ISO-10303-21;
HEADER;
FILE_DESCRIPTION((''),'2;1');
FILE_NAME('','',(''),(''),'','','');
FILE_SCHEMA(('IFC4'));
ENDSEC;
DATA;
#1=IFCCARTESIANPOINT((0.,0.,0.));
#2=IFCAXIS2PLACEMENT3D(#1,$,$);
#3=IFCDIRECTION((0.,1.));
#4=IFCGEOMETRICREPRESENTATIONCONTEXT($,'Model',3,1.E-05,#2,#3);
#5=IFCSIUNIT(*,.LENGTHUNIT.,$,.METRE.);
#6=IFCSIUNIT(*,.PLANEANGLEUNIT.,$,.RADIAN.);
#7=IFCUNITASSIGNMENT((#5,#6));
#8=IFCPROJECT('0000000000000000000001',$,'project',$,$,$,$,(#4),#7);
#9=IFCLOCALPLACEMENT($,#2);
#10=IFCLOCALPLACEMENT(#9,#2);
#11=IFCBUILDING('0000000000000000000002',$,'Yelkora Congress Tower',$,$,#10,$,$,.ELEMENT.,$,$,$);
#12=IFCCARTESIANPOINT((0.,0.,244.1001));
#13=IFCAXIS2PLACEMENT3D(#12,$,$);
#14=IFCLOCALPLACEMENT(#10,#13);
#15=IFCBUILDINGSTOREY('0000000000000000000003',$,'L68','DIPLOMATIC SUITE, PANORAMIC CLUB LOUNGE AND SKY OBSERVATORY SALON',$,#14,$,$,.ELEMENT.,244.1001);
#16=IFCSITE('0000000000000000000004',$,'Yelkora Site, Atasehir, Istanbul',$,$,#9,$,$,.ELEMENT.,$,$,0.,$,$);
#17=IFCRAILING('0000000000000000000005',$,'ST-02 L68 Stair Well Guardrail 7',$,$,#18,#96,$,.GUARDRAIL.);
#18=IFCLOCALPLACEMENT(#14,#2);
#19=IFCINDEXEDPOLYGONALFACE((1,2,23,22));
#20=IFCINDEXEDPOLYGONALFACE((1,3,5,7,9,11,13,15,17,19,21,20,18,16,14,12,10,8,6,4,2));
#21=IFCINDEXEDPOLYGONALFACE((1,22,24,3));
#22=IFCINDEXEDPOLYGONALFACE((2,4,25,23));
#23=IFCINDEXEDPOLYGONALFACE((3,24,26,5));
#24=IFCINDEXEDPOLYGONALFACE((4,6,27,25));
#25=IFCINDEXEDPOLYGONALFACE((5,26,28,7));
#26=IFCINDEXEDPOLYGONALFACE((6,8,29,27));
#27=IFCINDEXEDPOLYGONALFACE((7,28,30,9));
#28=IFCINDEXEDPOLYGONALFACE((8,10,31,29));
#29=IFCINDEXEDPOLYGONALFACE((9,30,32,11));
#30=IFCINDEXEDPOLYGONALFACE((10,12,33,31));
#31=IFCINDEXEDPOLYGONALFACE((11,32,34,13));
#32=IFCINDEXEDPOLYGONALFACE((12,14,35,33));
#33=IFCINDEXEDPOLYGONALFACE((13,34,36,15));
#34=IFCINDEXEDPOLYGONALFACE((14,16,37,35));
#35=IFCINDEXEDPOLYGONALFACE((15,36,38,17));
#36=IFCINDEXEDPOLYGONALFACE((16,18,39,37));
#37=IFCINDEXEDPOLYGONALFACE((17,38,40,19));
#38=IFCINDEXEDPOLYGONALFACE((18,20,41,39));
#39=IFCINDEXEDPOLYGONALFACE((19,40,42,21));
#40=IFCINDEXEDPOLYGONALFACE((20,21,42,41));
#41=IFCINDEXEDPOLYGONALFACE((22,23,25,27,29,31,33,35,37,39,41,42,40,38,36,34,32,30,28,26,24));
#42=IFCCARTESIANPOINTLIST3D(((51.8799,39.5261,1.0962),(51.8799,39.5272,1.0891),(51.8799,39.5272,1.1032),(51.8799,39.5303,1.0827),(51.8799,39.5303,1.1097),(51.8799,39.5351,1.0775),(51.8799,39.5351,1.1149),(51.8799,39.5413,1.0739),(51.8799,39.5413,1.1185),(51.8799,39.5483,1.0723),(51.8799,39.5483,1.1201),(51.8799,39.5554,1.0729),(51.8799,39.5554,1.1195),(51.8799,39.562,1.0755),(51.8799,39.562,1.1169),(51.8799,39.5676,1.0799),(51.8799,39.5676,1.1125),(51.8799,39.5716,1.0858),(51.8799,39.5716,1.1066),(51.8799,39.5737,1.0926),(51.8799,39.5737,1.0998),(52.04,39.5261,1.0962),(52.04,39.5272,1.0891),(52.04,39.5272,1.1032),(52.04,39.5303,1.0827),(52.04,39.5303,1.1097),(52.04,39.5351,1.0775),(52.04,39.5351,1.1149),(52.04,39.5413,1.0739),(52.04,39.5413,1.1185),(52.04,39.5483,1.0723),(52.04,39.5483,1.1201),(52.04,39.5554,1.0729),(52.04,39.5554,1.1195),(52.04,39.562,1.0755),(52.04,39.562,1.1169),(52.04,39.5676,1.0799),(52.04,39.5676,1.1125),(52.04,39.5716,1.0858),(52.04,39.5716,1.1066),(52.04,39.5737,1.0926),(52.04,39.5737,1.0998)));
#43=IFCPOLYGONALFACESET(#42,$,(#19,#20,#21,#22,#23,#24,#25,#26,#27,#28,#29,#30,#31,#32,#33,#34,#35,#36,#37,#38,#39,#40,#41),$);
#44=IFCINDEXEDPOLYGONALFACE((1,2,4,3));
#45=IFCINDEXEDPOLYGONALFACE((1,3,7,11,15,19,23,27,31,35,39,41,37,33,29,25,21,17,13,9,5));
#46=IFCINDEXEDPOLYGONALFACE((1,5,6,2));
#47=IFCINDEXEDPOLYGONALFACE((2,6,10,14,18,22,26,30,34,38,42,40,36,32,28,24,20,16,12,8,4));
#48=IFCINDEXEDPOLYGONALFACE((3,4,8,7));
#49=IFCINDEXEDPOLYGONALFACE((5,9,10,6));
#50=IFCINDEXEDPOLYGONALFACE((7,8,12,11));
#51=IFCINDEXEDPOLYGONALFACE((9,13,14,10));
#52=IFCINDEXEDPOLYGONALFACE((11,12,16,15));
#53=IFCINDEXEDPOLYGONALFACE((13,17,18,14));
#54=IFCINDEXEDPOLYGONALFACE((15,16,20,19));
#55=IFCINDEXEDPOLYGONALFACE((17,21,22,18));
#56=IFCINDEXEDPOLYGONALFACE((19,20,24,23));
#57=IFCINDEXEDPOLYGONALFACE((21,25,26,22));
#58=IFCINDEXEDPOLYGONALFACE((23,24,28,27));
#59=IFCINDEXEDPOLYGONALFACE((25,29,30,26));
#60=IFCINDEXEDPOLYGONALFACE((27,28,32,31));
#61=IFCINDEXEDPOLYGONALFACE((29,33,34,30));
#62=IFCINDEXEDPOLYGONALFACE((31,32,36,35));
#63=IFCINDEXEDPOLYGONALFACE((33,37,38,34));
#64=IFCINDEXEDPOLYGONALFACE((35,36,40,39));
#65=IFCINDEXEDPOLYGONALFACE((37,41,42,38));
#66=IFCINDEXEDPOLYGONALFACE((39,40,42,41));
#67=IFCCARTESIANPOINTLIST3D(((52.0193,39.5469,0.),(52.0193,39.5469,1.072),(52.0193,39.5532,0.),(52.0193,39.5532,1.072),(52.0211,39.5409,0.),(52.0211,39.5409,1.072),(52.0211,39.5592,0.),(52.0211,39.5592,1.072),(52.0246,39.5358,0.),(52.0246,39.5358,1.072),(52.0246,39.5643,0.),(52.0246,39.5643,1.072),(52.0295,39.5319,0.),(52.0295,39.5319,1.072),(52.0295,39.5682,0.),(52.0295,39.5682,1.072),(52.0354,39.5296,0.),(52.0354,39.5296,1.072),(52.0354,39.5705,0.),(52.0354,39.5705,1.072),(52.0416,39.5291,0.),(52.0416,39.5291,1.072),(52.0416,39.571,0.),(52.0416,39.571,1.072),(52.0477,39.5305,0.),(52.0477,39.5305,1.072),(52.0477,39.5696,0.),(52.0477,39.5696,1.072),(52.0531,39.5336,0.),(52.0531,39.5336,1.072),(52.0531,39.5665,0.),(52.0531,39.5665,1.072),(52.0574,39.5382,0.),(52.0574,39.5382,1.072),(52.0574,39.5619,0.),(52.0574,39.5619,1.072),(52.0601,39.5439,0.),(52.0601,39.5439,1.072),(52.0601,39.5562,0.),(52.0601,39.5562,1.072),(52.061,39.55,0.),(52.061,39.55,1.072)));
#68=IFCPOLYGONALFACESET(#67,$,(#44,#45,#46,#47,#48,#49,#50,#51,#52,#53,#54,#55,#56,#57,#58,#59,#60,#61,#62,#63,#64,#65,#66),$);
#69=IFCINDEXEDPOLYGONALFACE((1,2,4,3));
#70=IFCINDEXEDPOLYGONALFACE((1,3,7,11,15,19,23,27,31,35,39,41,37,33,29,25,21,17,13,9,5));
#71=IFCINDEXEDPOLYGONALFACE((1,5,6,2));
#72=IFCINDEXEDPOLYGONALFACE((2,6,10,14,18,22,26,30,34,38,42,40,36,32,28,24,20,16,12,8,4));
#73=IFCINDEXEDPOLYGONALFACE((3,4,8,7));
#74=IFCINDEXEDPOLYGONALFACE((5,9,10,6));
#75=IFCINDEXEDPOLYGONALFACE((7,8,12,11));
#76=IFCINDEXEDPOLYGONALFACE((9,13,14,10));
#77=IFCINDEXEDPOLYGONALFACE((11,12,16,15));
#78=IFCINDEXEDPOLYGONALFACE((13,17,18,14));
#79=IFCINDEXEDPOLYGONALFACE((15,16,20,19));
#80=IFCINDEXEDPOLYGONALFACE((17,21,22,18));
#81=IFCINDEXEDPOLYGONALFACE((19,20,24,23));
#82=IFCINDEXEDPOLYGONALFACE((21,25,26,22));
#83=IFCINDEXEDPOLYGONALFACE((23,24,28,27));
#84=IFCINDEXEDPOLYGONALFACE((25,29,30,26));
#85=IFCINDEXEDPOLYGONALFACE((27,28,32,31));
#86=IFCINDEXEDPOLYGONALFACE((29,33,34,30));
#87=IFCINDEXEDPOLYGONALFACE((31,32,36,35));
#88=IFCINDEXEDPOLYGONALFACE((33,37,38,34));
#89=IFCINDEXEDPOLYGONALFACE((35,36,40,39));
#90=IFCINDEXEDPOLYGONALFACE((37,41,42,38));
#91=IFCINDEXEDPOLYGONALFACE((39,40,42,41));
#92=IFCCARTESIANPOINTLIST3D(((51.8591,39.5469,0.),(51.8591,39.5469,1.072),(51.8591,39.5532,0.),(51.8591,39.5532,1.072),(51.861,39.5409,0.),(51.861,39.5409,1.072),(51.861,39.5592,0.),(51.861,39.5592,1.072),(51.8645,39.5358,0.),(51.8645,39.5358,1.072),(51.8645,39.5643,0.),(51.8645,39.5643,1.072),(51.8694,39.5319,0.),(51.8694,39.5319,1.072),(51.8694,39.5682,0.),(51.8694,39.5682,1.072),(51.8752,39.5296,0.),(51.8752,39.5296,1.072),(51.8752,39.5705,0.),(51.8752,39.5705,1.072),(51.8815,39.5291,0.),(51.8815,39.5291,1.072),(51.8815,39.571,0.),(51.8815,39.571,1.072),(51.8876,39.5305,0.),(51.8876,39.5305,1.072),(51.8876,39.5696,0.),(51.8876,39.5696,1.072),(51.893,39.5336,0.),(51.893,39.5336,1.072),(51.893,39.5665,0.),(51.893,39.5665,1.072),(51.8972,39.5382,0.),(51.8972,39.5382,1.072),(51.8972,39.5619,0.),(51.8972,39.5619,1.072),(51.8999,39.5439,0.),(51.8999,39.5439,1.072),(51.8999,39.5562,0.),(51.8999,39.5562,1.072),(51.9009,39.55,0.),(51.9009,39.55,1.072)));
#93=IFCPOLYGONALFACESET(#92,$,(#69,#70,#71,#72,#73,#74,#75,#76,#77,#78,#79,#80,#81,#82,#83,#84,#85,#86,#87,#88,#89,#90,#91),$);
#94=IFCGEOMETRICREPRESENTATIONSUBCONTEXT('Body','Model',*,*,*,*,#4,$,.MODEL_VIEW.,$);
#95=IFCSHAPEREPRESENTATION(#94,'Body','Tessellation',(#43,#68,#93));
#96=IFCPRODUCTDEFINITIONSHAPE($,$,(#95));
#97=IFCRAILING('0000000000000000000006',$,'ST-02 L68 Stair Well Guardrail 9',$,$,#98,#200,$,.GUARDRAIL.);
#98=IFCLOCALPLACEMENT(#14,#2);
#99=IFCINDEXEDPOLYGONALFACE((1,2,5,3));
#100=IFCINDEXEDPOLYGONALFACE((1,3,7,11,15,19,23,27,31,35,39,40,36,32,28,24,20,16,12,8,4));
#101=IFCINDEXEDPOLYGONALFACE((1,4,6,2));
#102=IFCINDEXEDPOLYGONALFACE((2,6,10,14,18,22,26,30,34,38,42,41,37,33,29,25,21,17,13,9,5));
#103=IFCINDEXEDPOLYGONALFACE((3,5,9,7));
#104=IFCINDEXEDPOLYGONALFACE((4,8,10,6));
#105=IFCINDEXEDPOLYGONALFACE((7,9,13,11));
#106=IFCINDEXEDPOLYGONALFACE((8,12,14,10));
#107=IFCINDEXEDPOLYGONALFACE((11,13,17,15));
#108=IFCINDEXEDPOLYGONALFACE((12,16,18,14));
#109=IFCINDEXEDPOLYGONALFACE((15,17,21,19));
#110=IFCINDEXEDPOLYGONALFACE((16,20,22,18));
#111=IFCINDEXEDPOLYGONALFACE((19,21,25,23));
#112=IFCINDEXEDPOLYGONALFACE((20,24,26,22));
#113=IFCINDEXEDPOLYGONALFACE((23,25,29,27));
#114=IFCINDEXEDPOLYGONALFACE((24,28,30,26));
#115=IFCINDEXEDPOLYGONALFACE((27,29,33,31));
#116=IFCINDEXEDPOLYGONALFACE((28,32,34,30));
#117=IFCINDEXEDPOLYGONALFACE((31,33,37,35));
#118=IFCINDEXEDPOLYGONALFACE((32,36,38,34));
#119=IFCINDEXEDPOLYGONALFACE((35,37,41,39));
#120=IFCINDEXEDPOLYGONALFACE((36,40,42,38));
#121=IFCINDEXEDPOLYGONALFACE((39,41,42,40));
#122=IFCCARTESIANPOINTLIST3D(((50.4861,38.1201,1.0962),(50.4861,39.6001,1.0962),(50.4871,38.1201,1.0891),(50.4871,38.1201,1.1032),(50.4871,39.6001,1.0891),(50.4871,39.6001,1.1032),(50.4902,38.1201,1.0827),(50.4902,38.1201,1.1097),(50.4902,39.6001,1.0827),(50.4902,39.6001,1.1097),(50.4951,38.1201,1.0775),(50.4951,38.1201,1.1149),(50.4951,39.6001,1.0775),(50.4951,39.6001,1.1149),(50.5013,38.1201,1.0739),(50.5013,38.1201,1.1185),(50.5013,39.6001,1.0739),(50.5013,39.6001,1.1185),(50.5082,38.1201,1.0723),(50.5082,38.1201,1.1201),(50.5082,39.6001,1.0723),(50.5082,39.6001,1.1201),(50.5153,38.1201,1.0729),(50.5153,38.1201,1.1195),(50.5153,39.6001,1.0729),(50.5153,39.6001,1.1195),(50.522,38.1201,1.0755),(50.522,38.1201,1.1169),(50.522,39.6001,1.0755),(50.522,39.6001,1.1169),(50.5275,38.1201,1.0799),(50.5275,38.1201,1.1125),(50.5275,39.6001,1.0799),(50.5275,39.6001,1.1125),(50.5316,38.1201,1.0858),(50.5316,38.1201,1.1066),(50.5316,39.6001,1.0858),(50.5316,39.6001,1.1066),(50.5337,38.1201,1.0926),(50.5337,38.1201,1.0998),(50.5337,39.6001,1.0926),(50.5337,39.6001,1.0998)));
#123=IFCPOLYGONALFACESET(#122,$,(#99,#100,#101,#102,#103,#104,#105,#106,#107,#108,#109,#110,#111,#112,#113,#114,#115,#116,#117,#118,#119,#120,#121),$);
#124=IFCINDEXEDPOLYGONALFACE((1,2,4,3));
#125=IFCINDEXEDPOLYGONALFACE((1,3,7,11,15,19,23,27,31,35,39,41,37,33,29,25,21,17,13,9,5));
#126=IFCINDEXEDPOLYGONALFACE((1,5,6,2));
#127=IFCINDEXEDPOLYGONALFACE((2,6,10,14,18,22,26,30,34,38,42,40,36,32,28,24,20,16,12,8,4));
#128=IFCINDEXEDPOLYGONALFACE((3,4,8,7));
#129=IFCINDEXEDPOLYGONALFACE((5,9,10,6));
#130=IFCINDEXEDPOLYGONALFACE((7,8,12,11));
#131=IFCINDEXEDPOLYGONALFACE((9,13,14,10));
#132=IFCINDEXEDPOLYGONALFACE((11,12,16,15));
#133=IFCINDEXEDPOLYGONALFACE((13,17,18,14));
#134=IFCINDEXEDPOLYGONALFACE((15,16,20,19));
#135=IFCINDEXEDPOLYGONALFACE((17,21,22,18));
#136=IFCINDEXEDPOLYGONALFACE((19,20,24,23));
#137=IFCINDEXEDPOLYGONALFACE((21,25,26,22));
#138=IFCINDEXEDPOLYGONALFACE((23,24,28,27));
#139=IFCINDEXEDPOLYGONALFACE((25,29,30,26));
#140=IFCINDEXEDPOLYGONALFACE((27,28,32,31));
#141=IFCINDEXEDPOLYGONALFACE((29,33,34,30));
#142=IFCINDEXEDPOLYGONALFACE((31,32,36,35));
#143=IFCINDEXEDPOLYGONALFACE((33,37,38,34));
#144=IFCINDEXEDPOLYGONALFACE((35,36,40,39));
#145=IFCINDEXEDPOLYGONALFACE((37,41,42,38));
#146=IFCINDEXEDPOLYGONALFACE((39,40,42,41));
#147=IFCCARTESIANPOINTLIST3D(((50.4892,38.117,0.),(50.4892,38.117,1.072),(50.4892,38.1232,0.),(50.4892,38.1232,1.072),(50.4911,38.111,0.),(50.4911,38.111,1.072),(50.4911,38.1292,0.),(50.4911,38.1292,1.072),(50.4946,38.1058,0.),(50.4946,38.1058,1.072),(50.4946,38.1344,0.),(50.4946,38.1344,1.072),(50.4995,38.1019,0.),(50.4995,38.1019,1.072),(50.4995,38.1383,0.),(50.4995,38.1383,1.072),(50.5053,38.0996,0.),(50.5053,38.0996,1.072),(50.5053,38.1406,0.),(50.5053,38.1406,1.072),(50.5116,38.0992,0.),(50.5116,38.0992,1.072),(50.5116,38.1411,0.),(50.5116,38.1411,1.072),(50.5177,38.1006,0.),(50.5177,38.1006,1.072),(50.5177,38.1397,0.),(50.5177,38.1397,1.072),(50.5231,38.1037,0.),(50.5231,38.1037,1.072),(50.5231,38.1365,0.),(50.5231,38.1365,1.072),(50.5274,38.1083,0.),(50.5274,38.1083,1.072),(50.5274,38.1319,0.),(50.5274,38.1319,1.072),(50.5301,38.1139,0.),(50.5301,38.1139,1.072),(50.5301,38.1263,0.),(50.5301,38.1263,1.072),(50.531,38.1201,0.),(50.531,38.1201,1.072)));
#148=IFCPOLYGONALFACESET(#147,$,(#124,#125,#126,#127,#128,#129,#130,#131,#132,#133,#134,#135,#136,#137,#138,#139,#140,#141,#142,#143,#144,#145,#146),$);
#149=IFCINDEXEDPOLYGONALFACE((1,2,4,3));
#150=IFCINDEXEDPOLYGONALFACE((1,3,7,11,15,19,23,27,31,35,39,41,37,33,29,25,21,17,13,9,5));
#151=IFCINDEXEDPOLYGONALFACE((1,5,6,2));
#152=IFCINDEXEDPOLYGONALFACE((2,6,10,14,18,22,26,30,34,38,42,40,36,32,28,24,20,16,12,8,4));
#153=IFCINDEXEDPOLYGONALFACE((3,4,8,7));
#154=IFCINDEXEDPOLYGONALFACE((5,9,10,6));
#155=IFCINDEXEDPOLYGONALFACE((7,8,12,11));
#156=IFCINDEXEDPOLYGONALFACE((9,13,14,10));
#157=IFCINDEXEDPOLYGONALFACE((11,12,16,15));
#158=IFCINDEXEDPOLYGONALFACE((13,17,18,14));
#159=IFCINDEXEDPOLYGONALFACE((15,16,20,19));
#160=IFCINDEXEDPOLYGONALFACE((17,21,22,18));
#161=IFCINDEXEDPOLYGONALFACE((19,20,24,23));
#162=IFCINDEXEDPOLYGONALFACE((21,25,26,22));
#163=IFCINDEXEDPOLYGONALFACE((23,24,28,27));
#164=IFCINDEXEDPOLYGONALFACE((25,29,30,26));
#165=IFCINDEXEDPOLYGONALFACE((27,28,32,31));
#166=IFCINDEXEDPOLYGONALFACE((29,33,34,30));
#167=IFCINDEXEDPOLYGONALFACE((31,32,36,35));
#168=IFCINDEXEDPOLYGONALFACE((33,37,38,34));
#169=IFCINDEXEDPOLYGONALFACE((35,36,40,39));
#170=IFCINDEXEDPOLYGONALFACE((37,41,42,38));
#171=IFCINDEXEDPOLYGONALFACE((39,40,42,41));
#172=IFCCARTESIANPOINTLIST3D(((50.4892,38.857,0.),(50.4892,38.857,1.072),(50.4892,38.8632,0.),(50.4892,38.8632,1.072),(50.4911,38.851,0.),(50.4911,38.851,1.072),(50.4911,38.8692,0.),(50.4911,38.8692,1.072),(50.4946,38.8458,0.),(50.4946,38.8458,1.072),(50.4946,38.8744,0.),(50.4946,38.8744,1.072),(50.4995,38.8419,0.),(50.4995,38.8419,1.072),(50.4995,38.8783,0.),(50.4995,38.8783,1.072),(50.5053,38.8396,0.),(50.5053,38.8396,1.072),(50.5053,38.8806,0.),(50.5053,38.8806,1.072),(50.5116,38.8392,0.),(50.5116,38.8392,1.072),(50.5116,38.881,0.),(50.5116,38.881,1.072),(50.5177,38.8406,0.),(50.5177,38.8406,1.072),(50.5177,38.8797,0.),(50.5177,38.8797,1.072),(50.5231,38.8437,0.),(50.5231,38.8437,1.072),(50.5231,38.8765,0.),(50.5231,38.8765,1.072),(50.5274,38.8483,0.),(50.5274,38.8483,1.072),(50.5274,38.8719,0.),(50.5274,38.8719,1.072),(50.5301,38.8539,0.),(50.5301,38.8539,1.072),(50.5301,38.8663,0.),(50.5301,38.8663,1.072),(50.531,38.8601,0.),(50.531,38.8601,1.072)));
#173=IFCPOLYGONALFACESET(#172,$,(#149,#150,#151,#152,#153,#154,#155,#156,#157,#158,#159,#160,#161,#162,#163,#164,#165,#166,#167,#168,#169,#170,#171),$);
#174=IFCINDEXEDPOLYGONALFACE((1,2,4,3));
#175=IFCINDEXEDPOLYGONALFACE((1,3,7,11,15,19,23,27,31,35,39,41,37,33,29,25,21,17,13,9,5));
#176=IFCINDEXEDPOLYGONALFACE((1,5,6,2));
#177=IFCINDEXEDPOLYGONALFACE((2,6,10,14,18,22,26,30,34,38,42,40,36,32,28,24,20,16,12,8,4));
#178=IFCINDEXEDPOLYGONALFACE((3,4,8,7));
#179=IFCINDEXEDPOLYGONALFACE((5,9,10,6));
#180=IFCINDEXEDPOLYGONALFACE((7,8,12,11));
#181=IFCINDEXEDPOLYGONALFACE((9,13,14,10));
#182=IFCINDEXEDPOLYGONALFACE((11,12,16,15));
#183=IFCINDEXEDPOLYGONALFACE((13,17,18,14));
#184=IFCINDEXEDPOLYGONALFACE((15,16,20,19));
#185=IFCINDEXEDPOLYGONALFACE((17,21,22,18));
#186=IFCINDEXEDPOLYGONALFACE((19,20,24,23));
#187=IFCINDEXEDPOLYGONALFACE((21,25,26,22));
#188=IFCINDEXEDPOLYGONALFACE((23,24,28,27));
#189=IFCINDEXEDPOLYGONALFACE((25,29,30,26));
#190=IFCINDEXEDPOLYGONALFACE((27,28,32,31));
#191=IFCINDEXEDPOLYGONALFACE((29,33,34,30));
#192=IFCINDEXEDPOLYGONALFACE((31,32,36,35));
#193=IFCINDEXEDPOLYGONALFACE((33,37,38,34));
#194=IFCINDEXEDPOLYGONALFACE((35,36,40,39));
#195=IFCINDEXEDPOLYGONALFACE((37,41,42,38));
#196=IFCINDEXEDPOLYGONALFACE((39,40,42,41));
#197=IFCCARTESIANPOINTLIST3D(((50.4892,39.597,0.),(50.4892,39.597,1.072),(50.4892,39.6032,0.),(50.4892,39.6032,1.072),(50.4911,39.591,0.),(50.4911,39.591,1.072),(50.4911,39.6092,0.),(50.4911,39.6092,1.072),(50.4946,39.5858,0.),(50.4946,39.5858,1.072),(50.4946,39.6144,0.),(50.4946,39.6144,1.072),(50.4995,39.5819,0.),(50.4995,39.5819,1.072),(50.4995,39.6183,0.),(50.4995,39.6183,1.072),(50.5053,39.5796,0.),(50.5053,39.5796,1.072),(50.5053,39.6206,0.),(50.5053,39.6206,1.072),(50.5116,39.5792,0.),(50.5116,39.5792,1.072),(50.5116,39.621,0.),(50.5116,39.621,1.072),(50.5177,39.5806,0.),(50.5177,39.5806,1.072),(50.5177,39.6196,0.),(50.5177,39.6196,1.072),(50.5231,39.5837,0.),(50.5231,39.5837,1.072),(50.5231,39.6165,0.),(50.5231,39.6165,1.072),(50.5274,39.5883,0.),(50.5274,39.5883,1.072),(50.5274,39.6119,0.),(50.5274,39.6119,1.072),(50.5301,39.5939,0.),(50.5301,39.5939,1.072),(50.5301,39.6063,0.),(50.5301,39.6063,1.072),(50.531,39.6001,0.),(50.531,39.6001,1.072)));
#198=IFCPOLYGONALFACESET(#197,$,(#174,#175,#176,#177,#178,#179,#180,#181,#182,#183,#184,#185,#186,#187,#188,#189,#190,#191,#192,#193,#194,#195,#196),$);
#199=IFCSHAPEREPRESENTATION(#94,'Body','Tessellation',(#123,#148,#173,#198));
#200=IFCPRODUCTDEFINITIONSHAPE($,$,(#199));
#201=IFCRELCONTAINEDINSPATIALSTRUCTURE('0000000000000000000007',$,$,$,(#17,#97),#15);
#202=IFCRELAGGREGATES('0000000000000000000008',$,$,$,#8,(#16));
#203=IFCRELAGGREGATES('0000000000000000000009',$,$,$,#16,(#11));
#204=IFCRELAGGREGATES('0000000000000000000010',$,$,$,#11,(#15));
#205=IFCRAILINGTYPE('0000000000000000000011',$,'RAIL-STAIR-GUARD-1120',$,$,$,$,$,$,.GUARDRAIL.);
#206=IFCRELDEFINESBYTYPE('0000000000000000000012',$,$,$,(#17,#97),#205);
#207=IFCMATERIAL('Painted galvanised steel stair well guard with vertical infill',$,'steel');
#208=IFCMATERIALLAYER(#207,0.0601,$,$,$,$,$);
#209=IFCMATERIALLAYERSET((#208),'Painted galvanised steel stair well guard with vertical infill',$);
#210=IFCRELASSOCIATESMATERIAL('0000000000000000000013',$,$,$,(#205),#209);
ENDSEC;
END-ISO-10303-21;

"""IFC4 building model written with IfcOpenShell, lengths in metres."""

from ifc_helpers import new_model, si_unit, direction, frame, origin, origin_2d, place, context, subcontext, project, spatial, circle, extrude, material, layer, layer_set, type_object, element, save


model = new_model("IFC4")

# Units and contexts
model_context = context("Model", 3, precision=1e-05, world=origin(), true_north=direction((0.0, 1.0)))
body_context = subcontext(model_context, "Body", "Model", "MODEL_VIEW")
ifc_project = project(units=[si_unit("LENGTHUNIT", "METRE"), si_unit("PLANEANGLEUNIT", "RADIAN")], contexts=[model_context])

# Site, building, storey
site_placement = place(None, origin())
site = spatial("IfcSite", under=ifc_project, at=site_placement, Name="Yelkora Site, Atasehir, Istanbul", CompositionType="ELEMENT", RefElevation=0.0)
building_placement = place(site_placement, origin())
building = spatial("IfcBuilding", under=site, at=building_placement, Name="Yelkora Congress Tower", CompositionType="ELEMENT")
storey_placement = place(building_placement, frame((0.0, 0.0, 244.1001)))
storey = spatial("IfcBuildingStorey", under=building, at=storey_placement, Name="L68", Description="DIPLOMATIC SUITE, PANORAMIC CLUB LOUNGE AND SKY OBSERVATORY SALON", CompositionType="ELEMENT", Elevation=244.1001)

# Railings
ifc_material_1 = material(Name="Painted galvanised steel stair well guard with vertical infill", Category="steel")
ifc_layer_1 = layer(ifc_material_1, 0.0601)
ifc_layer_set_1 = layer_set([ifc_layer_1], Name="Painted galvanised steel stair well guard with vertical infill")
railing_type_1 = type_object("IfcRailingType", Name="RAIL-STAIR-GUARD-1120", PredefinedType="GUARDRAIL", material=ifc_layer_set_1)
railing_1_placement = place(storey_placement, frame((52.04, 39.55, 0.0)))
element("IfcRailing", 1, at=railing_1_placement, inside=storey, type_object=railing_type_1, Name="ST-02 L68 Stair Well Guardrail 7", PredefinedType="GUARDRAIL", context=body_context, shape_type="SweptSolid", body=[
    extrude(circle(Radius=0.0239, at=origin_2d()), frame((0.0, 0.0, 1.0962), z_axis=(-1.0, 0.0, 0.0), x_axis=(0.0, -1.0, 0.0)), (0.0, 0.0, 1.0), 0.1602),
    extrude(circle(Radius=0.021, at=origin_2d()), origin(), (0.0, 0.0, 1.0), 1.072),
    extrude(circle(Radius=0.021, at=origin_2d()), frame((-0.1602, 0.0, 0.0)), (0.0, 0.0, 1.0), 1.072),
])
railing_2_placement = place(storey_placement, frame((50.51, 38.1201, 0.0)))
element("IfcRailing", 2, at=railing_2_placement, inside=storey, type_object=railing_type_1, Name="ST-02 L68 Stair Well Guardrail 9", PredefinedType="GUARDRAIL", context=body_context, shape_type="SweptSolid", body=[
    extrude(circle(Radius=0.0239, at=origin_2d()), frame((0.0, 0.0, 1.0962), z_axis=(0.0, 1.0, 0.0), x_axis=(-1.0, 0.0, 0.0)), (0.0, 0.0, 1.0), 1.48),
    extrude(circle(Radius=0.021, at=origin_2d()), origin(), (0.0, 0.0, 1.0), 1.072),
    extrude(circle(Radius=0.021, at=origin_2d()), frame((0.0, 0.74, 0.0)), (0.0, 0.0, 1.0), 1.072),
    extrude(circle(Radius=0.021, at=origin_2d()), frame((0.0, 1.48, 0.0)), (0.0, 0.0, 1.0), 1.072),
])

save(model, "model.ifc")
